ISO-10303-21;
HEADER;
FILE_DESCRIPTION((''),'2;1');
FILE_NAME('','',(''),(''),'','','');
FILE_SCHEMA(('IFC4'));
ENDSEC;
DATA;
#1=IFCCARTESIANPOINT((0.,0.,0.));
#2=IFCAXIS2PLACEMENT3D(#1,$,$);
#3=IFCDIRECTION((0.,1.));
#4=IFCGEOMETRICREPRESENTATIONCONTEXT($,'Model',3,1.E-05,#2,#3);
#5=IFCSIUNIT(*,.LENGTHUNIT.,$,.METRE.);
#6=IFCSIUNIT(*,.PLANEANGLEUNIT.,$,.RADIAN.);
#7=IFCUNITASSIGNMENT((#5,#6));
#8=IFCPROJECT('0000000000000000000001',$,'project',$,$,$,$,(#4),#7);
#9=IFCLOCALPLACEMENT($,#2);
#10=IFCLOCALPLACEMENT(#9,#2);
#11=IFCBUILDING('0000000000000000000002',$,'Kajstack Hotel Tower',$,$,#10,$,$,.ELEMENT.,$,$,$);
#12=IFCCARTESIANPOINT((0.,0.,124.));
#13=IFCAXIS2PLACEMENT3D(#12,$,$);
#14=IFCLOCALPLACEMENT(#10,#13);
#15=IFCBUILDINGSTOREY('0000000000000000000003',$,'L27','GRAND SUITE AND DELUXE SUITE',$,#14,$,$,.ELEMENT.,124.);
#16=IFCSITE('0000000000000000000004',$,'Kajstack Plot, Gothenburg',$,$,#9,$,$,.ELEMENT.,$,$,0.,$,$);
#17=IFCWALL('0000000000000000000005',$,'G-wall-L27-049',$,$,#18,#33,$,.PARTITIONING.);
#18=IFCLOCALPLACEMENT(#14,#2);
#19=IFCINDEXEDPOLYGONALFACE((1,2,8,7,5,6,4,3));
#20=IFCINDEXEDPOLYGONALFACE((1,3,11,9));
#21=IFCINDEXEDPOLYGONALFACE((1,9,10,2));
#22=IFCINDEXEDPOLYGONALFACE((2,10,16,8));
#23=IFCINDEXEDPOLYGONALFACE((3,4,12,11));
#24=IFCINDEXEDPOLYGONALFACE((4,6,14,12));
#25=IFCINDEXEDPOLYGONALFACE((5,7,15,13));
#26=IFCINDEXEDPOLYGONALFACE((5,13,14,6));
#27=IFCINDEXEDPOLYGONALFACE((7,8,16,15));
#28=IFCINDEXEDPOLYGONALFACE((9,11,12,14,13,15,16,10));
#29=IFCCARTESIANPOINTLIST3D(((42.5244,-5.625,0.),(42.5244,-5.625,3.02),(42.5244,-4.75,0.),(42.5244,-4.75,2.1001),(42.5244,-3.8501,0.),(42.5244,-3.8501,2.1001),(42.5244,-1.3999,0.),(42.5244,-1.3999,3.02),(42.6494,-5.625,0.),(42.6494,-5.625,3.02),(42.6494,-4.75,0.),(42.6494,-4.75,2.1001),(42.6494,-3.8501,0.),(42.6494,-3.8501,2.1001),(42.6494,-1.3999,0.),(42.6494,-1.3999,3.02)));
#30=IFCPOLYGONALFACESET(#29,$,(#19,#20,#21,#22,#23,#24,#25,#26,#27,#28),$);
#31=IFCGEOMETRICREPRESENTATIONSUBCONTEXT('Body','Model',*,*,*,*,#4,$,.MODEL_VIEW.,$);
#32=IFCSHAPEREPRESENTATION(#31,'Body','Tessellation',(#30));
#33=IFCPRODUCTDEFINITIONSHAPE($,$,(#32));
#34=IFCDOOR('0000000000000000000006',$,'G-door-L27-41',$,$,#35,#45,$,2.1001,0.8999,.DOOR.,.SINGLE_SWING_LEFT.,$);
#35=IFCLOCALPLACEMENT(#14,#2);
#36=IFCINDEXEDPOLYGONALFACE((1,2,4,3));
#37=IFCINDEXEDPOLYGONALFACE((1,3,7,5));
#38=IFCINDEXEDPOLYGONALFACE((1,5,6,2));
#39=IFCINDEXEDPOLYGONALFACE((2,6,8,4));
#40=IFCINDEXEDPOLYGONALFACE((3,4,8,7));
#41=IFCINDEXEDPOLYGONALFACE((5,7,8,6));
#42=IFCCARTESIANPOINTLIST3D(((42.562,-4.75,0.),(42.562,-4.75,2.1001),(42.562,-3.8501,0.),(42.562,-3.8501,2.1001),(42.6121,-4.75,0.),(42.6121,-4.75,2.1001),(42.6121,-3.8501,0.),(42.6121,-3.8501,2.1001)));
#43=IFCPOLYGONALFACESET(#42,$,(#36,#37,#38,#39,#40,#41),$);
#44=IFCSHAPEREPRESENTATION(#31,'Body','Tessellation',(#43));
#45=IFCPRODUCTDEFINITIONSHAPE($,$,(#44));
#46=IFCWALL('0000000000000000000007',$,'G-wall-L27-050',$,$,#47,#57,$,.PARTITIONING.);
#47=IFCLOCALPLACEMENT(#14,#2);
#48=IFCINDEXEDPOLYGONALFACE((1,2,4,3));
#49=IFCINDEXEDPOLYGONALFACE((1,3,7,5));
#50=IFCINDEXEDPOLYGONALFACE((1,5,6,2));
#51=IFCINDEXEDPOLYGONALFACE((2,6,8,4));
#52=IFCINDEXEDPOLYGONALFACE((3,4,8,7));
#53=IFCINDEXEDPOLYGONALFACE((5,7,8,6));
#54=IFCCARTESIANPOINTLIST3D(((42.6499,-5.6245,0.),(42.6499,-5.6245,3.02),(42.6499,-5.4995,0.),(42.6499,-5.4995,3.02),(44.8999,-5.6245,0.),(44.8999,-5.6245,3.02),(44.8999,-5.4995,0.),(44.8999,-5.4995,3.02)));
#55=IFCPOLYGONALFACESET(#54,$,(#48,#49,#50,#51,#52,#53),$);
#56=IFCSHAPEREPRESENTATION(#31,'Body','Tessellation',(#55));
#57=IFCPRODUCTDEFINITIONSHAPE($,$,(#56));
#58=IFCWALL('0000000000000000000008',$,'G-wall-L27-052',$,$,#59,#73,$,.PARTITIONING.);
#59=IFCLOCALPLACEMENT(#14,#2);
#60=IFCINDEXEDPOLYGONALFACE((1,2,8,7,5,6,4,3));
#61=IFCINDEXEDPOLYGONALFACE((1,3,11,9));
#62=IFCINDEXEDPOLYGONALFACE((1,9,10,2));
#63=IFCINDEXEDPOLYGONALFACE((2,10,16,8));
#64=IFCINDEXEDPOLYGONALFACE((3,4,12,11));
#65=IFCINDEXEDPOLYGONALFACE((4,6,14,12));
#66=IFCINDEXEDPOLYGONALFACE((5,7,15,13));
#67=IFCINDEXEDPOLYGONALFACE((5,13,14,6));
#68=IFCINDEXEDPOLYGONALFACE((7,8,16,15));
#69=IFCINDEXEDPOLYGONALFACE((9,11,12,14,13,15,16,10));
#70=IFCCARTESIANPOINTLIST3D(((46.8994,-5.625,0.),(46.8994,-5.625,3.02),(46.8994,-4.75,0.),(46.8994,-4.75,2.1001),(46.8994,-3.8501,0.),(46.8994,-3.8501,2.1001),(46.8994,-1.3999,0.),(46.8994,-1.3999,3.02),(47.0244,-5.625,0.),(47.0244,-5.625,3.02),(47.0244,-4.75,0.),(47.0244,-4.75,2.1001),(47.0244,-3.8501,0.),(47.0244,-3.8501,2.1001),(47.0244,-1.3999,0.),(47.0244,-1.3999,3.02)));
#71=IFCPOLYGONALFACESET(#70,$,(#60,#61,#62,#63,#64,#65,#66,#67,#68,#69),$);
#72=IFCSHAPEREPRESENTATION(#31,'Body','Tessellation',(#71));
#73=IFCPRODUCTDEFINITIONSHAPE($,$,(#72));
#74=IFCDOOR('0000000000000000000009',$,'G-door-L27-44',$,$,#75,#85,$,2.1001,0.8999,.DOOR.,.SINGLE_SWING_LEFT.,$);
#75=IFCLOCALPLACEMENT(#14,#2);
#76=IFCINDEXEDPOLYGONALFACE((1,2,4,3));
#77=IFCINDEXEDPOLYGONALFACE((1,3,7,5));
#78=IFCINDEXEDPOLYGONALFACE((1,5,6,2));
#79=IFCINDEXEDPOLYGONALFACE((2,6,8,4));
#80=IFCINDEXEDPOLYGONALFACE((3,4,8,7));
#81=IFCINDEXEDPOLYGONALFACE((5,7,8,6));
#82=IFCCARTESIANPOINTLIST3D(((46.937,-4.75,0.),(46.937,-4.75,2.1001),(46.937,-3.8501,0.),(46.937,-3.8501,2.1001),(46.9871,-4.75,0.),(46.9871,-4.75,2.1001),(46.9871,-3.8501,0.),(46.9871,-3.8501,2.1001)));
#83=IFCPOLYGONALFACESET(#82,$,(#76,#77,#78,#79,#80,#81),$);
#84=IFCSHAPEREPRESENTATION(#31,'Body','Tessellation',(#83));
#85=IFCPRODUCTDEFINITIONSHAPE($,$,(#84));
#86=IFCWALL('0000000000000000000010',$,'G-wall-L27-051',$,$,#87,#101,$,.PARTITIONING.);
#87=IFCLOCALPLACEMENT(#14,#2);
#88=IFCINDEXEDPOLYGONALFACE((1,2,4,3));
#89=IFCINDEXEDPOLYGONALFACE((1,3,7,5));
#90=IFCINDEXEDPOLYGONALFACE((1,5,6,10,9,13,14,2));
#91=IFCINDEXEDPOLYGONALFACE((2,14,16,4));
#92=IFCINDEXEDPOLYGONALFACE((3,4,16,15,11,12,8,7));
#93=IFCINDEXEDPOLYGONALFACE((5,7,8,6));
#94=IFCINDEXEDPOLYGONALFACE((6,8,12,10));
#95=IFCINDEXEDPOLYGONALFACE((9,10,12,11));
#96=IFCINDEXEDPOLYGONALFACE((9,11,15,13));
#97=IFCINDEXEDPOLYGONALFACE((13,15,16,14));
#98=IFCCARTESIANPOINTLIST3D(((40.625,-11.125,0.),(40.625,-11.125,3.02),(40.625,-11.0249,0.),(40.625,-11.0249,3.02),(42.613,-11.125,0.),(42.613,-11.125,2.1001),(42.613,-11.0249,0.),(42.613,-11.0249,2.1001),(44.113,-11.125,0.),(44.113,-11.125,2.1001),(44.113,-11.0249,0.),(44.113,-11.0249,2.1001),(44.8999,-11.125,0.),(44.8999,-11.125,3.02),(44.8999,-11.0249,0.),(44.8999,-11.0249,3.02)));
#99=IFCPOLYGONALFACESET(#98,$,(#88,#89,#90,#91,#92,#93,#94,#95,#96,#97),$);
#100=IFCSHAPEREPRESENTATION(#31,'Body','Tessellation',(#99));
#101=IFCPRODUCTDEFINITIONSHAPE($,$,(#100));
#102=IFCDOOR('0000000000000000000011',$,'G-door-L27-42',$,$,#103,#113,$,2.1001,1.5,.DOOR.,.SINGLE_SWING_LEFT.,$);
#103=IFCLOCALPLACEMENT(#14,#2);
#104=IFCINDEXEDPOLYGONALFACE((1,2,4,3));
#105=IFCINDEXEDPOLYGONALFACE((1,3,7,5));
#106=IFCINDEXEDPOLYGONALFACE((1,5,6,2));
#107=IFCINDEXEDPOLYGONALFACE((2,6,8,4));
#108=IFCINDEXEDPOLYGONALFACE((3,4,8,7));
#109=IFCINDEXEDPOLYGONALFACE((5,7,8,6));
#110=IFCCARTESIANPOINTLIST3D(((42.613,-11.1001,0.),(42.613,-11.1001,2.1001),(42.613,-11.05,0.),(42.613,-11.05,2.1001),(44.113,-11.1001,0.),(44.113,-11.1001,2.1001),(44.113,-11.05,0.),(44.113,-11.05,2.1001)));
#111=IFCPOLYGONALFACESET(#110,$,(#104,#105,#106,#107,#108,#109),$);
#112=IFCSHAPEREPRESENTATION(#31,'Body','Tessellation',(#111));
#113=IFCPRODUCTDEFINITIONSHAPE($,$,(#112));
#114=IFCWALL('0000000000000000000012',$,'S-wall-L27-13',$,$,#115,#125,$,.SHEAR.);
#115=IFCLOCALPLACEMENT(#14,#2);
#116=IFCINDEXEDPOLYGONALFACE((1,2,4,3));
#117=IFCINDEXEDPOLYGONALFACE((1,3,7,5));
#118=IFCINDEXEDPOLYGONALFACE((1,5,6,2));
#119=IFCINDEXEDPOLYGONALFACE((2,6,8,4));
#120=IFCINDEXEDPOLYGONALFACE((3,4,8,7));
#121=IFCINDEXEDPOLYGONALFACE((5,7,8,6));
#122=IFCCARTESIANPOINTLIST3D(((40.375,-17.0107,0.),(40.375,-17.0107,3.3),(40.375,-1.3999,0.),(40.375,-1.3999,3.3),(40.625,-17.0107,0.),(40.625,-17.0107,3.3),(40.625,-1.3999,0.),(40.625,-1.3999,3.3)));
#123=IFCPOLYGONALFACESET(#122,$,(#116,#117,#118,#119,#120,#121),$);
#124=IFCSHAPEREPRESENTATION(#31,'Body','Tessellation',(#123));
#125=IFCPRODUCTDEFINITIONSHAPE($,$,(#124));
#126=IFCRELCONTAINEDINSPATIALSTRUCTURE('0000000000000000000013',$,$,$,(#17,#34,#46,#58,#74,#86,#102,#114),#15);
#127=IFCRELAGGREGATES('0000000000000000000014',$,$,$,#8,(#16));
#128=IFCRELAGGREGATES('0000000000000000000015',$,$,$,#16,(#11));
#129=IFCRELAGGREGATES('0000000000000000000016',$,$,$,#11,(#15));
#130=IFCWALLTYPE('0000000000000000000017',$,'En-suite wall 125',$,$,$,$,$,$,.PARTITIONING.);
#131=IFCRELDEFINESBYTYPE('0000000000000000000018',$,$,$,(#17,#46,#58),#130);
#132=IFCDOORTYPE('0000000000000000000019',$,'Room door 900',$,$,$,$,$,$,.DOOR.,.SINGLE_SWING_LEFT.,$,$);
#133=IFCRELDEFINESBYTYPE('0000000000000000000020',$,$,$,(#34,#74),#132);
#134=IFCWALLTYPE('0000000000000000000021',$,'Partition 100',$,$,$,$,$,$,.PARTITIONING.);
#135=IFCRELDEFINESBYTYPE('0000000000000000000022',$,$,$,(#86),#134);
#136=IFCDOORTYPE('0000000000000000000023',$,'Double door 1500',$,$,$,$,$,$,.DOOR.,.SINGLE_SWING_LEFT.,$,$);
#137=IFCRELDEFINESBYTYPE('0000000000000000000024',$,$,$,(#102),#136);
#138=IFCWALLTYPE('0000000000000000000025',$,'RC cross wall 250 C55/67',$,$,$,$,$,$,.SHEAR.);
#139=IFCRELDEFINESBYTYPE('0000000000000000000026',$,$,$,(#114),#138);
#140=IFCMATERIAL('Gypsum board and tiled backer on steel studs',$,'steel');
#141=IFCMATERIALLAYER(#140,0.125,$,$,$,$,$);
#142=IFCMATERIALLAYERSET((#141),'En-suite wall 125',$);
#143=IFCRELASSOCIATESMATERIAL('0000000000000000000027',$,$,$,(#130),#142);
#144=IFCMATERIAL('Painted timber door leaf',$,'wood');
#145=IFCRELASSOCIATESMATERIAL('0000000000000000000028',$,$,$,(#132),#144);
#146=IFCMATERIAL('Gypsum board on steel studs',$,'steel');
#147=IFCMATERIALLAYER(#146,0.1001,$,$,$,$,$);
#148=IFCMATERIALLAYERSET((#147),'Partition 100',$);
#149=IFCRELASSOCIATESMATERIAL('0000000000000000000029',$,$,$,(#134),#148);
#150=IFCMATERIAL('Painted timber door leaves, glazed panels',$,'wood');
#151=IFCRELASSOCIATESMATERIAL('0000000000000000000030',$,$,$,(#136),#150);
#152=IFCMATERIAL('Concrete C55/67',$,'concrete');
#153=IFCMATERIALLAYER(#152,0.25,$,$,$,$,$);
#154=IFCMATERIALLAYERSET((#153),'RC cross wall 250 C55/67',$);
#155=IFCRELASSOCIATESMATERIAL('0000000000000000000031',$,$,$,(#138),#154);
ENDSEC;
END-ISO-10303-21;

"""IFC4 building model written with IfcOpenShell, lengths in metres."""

from ifc_helpers import new_model, si_unit, direction, frame, frame_2d, origin, place, context, subcontext, project, spatial, rectangle, extrude, material, layer, layer_set, type_object, element, fill, save


model = new_model("IFC4")

# Units and contexts
model_context = context("Model", 3, precision=1e-05, world=origin(), true_north=direction((0.0, 1.0)))
body_context = subcontext(model_context, "Body", "Model", "MODEL_VIEW")
ifc_project = project(units=[si_unit("LENGTHUNIT", "METRE"), si_unit("PLANEANGLEUNIT", "RADIAN")], contexts=[model_context])

# Site, building, storey
site_placement = place(None, origin())
site = spatial("IfcSite", under=ifc_project, at=site_placement, Name="Kajstack Plot, Gothenburg", CompositionType="ELEMENT", RefElevation=0.0)
building_placement = place(site_placement, origin())
building = spatial("IfcBuilding", under=site, at=building_placement, Name="Kajstack Hotel Tower", CompositionType="ELEMENT")
storey_placement = place(building_placement, frame((0.0, 0.0, 124.0)))
storey = spatial("IfcBuildingStorey", under=building, at=storey_placement, Name="L27", Description="GRAND SUITE AND DELUXE SUITE", CompositionType="ELEMENT", Elevation=124.0)

# Wall, opening, door
ifc_material_1 = material(Name="Gypsum board and tiled backer on steel studs", Category="steel")
ifc_layer_1 = layer(ifc_material_1, 0.125)
ifc_layer_set_1 = layer_set([ifc_layer_1], Name="En-suite wall 125")
wall_type_1 = type_object("IfcWallType", Name="En-suite wall 125", PredefinedType="PARTITIONING", material=ifc_layer_set_1)
wall_1_placement = place(storey_placement, frame((42.5869, -5.625, 0.0), z_axis=(0.0, 0.0, 1.0), x_axis=(0.0, 1.0, 0.0)))
wall_1 = element("IfcWall", 1, at=wall_1_placement, inside=storey, type_object=wall_type_1, Name="G-wall-L27-049", PredefinedType="PARTITIONING", context=body_context, shape_type="SweptSolid", body=[
    extrude(rectangle(XDim=4.2251, YDim=0.125, at=frame_2d((2.1125, 0.0))), origin(), (0.0, 0.0, 1.0), 3.02),
])
opening_1_placement = place(wall_1_placement, frame((0.875, 0.0, 0.0)))
opening_1 = element("IfcOpeningElement", 2, at=opening_1_placement, cuts=wall_1, PredefinedType="OPENING", context=body_context, shape_type="SweptSolid", body=[
    extrude(rectangle(XDim=0.8999, YDim=2.1001, at=frame_2d((0.45, 1.05))), frame((0.0, 0.0725, 0.0), z_axis=(0.0, -1.0, 0.0), x_axis=(1.0, 0.0, 0.0)), (0.0, 0.0, 1.0), 0.145),
])
ifc_material_2 = material(Name="Painted timber door leaf", Category="wood")
door_type_1 = type_object("IfcDoorType", Name="Room door 900", OperationType="SINGLE_SWING_LEFT", PredefinedType="DOOR", material=ifc_material_2)
door_1_placement = place(opening_1_placement, origin())
door_1 = element("IfcDoor", 3, at=door_1_placement, inside=storey, type_object=door_type_1, Name="G-door-L27-41", OperationType="SINGLE_SWING_LEFT", OverallHeight=2.1001, OverallWidth=0.8999, PredefinedType="DOOR", context=body_context, shape_type="SweptSolid", body=[
    extrude(rectangle(XDim=0.8999, YDim=2.1001, at=frame_2d((0.45, 1.05))), frame((0.0, 0.0249, 0.0), z_axis=(0.0, -1.0, 0.0), x_axis=(1.0, 0.0, 0.0)), (0.0, 0.0, 1.0), 0.05),
])
fill(opening_1, door_1)

# Wall
wall_2_placement = place(storey_placement, frame((42.6499, -5.562, 0.0), z_axis=(0.0, 0.0, 1.0), x_axis=(1.0, 0.0, 0.0)))
element("IfcWall", 4, at=wall_2_placement, inside=storey, type_object=wall_type_1, Name="G-wall-L27-050", PredefinedType="PARTITIONING", context=body_context, shape_type="SweptSolid", body=[
    extrude(rectangle(XDim=2.25, YDim=0.125, at=frame_2d((1.125, 0.0))), origin(), (0.0, 0.0, 1.0), 3.02),
])

# Walls, openings, doors
wall_3_placement = place(storey_placement, frame((46.9619, -5.625, 0.0), z_axis=(0.0, 0.0, 1.0), x_axis=(0.0, 1.0, 0.0)))
wall_3 = element("IfcWall", 5, at=wall_3_placement, inside=storey, type_object=wall_type_1, Name="G-wall-L27-052", PredefinedType="PARTITIONING", context=body_context, shape_type="SweptSolid", body=[
    extrude(rectangle(XDim=4.2251, YDim=0.125, at=frame_2d((2.1125, 0.0))), origin(), (0.0, 0.0, 1.0), 3.02),
])
opening_2_placement = place(wall_3_placement, frame((0.875, 0.0, 0.0)))
opening_2 = element("IfcOpeningElement", 6, at=opening_2_placement, cuts=wall_3, PredefinedType="OPENING", context=body_context, shape_type="SweptSolid", body=[
    extrude(rectangle(XDim=0.8999, YDim=2.1001, at=frame_2d((0.45, 1.05))), frame((0.0, 0.0725, 0.0), z_axis=(0.0, -1.0, 0.0), x_axis=(1.0, 0.0, 0.0)), (0.0, 0.0, 1.0), 0.145),
])
door_2_placement = place(opening_2_placement, origin())
door_2 = element("IfcDoor", 7, at=door_2_placement, inside=storey, type_object=door_type_1, Name="G-door-L27-44", OperationType="SINGLE_SWING_LEFT", OverallHeight=2.1001, OverallWidth=0.8999, PredefinedType="DOOR", context=body_context, shape_type="SweptSolid", body=[
    extrude(rectangle(XDim=0.8999, YDim=2.1001, at=frame_2d((0.45, 1.05))), frame((0.0, 0.0249, 0.0), z_axis=(0.0, -1.0, 0.0), x_axis=(1.0, 0.0, 0.0)), (0.0, 0.0, 1.0), 0.05),
])
fill(opening_2, door_2)
ifc_material_3 = material(Name="Gypsum board on steel studs", Category="steel")
ifc_layer_2 = layer(ifc_material_3, 0.1001)
ifc_layer_set_2 = layer_set([ifc_layer_2], Name="Partition 100")
wall_type_2 = type_object("IfcWallType", Name="Partition 100", PredefinedType="PARTITIONING", material=ifc_layer_set_2)
wall_4_placement = place(storey_placement, frame((40.625, -11.075, 0.0), z_axis=(0.0, 0.0, 1.0), x_axis=(1.0, 0.0, 0.0)))
wall_4 = element("IfcWall", 8, at=wall_4_placement, inside=storey, type_object=wall_type_2, Name="G-wall-L27-051", PredefinedType="PARTITIONING", context=body_context, shape_type="SweptSolid", body=[
    extrude(rectangle(XDim=4.2749, YDim=0.1001, at=frame_2d((2.1375, 0.0))), origin(), (0.0, 0.0, 1.0), 3.02),
])
opening_3_placement = place(wall_4_placement, frame((1.988, 0.0, 0.0)))
opening_3 = element("IfcOpeningElement", 9, at=opening_3_placement, cuts=wall_4, PredefinedType="OPENING", context=body_context, shape_type="SweptSolid", body=[
    extrude(rectangle(XDim=1.5, YDim=2.1001, at=frame_2d((0.75, 1.05))), frame((0.0, 0.0601, 0.0), z_axis=(0.0, -1.0, 0.0), x_axis=(1.0, 0.0, 0.0)), (0.0, 0.0, 1.0), 0.1201),
])
ifc_material_4 = material(Name="Painted timber door leaves, glazed panels", Category="wood")
door_type_2 = type_object("IfcDoorType", Name="Double door 1500", OperationType="SINGLE_SWING_LEFT", PredefinedType="DOOR", material=ifc_material_4)
door_3_placement = place(opening_3_placement, origin())
door_3 = element("IfcDoor", 10, at=door_3_placement, inside=storey, type_object=door_type_2, Name="G-door-L27-42", OperationType="SINGLE_SWING_LEFT", OverallHeight=2.1001, OverallWidth=1.5, PredefinedType="DOOR", context=body_context, shape_type="SweptSolid", body=[
    extrude(rectangle(XDim=1.5, YDim=2.1001, at=frame_2d((0.75, 1.05))), frame((0.0, 0.0249, 0.0), z_axis=(0.0, -1.0, 0.0), x_axis=(1.0, 0.0, 0.0)), (0.0, 0.0, 1.0), 0.05),
])
fill(opening_3, door_3)

# Wall
ifc_material_5 = material(Name="Concrete C55/67", Category="concrete")
ifc_layer_3 = layer(ifc_material_5, 0.25)
ifc_layer_set_3 = layer_set([ifc_layer_3], Name="RC cross wall 250 C55/67")
wall_type_3 = type_object("IfcWallType", Name="RC cross wall 250 C55/67", PredefinedType="SHEAR", material=ifc_layer_set_3)
wall_5_placement = place(storey_placement, frame((40.5, -17.0107, 0.0), z_axis=(0.0, 0.0, 1.0), x_axis=(0.0, 1.0, 0.0)))
element("IfcWall", 11, at=wall_5_placement, inside=storey, type_object=wall_type_3, Name="S-wall-L27-13", PredefinedType="SHEAR", context=body_context, shape_type="SweptSolid", body=[
    extrude(rectangle(XDim=15.6108, YDim=0.25, at=frame_2d((7.8054, 0.0))), origin(), (0.0, 0.0, 1.0), 3.3),
])

save(model, "model.ifc")
